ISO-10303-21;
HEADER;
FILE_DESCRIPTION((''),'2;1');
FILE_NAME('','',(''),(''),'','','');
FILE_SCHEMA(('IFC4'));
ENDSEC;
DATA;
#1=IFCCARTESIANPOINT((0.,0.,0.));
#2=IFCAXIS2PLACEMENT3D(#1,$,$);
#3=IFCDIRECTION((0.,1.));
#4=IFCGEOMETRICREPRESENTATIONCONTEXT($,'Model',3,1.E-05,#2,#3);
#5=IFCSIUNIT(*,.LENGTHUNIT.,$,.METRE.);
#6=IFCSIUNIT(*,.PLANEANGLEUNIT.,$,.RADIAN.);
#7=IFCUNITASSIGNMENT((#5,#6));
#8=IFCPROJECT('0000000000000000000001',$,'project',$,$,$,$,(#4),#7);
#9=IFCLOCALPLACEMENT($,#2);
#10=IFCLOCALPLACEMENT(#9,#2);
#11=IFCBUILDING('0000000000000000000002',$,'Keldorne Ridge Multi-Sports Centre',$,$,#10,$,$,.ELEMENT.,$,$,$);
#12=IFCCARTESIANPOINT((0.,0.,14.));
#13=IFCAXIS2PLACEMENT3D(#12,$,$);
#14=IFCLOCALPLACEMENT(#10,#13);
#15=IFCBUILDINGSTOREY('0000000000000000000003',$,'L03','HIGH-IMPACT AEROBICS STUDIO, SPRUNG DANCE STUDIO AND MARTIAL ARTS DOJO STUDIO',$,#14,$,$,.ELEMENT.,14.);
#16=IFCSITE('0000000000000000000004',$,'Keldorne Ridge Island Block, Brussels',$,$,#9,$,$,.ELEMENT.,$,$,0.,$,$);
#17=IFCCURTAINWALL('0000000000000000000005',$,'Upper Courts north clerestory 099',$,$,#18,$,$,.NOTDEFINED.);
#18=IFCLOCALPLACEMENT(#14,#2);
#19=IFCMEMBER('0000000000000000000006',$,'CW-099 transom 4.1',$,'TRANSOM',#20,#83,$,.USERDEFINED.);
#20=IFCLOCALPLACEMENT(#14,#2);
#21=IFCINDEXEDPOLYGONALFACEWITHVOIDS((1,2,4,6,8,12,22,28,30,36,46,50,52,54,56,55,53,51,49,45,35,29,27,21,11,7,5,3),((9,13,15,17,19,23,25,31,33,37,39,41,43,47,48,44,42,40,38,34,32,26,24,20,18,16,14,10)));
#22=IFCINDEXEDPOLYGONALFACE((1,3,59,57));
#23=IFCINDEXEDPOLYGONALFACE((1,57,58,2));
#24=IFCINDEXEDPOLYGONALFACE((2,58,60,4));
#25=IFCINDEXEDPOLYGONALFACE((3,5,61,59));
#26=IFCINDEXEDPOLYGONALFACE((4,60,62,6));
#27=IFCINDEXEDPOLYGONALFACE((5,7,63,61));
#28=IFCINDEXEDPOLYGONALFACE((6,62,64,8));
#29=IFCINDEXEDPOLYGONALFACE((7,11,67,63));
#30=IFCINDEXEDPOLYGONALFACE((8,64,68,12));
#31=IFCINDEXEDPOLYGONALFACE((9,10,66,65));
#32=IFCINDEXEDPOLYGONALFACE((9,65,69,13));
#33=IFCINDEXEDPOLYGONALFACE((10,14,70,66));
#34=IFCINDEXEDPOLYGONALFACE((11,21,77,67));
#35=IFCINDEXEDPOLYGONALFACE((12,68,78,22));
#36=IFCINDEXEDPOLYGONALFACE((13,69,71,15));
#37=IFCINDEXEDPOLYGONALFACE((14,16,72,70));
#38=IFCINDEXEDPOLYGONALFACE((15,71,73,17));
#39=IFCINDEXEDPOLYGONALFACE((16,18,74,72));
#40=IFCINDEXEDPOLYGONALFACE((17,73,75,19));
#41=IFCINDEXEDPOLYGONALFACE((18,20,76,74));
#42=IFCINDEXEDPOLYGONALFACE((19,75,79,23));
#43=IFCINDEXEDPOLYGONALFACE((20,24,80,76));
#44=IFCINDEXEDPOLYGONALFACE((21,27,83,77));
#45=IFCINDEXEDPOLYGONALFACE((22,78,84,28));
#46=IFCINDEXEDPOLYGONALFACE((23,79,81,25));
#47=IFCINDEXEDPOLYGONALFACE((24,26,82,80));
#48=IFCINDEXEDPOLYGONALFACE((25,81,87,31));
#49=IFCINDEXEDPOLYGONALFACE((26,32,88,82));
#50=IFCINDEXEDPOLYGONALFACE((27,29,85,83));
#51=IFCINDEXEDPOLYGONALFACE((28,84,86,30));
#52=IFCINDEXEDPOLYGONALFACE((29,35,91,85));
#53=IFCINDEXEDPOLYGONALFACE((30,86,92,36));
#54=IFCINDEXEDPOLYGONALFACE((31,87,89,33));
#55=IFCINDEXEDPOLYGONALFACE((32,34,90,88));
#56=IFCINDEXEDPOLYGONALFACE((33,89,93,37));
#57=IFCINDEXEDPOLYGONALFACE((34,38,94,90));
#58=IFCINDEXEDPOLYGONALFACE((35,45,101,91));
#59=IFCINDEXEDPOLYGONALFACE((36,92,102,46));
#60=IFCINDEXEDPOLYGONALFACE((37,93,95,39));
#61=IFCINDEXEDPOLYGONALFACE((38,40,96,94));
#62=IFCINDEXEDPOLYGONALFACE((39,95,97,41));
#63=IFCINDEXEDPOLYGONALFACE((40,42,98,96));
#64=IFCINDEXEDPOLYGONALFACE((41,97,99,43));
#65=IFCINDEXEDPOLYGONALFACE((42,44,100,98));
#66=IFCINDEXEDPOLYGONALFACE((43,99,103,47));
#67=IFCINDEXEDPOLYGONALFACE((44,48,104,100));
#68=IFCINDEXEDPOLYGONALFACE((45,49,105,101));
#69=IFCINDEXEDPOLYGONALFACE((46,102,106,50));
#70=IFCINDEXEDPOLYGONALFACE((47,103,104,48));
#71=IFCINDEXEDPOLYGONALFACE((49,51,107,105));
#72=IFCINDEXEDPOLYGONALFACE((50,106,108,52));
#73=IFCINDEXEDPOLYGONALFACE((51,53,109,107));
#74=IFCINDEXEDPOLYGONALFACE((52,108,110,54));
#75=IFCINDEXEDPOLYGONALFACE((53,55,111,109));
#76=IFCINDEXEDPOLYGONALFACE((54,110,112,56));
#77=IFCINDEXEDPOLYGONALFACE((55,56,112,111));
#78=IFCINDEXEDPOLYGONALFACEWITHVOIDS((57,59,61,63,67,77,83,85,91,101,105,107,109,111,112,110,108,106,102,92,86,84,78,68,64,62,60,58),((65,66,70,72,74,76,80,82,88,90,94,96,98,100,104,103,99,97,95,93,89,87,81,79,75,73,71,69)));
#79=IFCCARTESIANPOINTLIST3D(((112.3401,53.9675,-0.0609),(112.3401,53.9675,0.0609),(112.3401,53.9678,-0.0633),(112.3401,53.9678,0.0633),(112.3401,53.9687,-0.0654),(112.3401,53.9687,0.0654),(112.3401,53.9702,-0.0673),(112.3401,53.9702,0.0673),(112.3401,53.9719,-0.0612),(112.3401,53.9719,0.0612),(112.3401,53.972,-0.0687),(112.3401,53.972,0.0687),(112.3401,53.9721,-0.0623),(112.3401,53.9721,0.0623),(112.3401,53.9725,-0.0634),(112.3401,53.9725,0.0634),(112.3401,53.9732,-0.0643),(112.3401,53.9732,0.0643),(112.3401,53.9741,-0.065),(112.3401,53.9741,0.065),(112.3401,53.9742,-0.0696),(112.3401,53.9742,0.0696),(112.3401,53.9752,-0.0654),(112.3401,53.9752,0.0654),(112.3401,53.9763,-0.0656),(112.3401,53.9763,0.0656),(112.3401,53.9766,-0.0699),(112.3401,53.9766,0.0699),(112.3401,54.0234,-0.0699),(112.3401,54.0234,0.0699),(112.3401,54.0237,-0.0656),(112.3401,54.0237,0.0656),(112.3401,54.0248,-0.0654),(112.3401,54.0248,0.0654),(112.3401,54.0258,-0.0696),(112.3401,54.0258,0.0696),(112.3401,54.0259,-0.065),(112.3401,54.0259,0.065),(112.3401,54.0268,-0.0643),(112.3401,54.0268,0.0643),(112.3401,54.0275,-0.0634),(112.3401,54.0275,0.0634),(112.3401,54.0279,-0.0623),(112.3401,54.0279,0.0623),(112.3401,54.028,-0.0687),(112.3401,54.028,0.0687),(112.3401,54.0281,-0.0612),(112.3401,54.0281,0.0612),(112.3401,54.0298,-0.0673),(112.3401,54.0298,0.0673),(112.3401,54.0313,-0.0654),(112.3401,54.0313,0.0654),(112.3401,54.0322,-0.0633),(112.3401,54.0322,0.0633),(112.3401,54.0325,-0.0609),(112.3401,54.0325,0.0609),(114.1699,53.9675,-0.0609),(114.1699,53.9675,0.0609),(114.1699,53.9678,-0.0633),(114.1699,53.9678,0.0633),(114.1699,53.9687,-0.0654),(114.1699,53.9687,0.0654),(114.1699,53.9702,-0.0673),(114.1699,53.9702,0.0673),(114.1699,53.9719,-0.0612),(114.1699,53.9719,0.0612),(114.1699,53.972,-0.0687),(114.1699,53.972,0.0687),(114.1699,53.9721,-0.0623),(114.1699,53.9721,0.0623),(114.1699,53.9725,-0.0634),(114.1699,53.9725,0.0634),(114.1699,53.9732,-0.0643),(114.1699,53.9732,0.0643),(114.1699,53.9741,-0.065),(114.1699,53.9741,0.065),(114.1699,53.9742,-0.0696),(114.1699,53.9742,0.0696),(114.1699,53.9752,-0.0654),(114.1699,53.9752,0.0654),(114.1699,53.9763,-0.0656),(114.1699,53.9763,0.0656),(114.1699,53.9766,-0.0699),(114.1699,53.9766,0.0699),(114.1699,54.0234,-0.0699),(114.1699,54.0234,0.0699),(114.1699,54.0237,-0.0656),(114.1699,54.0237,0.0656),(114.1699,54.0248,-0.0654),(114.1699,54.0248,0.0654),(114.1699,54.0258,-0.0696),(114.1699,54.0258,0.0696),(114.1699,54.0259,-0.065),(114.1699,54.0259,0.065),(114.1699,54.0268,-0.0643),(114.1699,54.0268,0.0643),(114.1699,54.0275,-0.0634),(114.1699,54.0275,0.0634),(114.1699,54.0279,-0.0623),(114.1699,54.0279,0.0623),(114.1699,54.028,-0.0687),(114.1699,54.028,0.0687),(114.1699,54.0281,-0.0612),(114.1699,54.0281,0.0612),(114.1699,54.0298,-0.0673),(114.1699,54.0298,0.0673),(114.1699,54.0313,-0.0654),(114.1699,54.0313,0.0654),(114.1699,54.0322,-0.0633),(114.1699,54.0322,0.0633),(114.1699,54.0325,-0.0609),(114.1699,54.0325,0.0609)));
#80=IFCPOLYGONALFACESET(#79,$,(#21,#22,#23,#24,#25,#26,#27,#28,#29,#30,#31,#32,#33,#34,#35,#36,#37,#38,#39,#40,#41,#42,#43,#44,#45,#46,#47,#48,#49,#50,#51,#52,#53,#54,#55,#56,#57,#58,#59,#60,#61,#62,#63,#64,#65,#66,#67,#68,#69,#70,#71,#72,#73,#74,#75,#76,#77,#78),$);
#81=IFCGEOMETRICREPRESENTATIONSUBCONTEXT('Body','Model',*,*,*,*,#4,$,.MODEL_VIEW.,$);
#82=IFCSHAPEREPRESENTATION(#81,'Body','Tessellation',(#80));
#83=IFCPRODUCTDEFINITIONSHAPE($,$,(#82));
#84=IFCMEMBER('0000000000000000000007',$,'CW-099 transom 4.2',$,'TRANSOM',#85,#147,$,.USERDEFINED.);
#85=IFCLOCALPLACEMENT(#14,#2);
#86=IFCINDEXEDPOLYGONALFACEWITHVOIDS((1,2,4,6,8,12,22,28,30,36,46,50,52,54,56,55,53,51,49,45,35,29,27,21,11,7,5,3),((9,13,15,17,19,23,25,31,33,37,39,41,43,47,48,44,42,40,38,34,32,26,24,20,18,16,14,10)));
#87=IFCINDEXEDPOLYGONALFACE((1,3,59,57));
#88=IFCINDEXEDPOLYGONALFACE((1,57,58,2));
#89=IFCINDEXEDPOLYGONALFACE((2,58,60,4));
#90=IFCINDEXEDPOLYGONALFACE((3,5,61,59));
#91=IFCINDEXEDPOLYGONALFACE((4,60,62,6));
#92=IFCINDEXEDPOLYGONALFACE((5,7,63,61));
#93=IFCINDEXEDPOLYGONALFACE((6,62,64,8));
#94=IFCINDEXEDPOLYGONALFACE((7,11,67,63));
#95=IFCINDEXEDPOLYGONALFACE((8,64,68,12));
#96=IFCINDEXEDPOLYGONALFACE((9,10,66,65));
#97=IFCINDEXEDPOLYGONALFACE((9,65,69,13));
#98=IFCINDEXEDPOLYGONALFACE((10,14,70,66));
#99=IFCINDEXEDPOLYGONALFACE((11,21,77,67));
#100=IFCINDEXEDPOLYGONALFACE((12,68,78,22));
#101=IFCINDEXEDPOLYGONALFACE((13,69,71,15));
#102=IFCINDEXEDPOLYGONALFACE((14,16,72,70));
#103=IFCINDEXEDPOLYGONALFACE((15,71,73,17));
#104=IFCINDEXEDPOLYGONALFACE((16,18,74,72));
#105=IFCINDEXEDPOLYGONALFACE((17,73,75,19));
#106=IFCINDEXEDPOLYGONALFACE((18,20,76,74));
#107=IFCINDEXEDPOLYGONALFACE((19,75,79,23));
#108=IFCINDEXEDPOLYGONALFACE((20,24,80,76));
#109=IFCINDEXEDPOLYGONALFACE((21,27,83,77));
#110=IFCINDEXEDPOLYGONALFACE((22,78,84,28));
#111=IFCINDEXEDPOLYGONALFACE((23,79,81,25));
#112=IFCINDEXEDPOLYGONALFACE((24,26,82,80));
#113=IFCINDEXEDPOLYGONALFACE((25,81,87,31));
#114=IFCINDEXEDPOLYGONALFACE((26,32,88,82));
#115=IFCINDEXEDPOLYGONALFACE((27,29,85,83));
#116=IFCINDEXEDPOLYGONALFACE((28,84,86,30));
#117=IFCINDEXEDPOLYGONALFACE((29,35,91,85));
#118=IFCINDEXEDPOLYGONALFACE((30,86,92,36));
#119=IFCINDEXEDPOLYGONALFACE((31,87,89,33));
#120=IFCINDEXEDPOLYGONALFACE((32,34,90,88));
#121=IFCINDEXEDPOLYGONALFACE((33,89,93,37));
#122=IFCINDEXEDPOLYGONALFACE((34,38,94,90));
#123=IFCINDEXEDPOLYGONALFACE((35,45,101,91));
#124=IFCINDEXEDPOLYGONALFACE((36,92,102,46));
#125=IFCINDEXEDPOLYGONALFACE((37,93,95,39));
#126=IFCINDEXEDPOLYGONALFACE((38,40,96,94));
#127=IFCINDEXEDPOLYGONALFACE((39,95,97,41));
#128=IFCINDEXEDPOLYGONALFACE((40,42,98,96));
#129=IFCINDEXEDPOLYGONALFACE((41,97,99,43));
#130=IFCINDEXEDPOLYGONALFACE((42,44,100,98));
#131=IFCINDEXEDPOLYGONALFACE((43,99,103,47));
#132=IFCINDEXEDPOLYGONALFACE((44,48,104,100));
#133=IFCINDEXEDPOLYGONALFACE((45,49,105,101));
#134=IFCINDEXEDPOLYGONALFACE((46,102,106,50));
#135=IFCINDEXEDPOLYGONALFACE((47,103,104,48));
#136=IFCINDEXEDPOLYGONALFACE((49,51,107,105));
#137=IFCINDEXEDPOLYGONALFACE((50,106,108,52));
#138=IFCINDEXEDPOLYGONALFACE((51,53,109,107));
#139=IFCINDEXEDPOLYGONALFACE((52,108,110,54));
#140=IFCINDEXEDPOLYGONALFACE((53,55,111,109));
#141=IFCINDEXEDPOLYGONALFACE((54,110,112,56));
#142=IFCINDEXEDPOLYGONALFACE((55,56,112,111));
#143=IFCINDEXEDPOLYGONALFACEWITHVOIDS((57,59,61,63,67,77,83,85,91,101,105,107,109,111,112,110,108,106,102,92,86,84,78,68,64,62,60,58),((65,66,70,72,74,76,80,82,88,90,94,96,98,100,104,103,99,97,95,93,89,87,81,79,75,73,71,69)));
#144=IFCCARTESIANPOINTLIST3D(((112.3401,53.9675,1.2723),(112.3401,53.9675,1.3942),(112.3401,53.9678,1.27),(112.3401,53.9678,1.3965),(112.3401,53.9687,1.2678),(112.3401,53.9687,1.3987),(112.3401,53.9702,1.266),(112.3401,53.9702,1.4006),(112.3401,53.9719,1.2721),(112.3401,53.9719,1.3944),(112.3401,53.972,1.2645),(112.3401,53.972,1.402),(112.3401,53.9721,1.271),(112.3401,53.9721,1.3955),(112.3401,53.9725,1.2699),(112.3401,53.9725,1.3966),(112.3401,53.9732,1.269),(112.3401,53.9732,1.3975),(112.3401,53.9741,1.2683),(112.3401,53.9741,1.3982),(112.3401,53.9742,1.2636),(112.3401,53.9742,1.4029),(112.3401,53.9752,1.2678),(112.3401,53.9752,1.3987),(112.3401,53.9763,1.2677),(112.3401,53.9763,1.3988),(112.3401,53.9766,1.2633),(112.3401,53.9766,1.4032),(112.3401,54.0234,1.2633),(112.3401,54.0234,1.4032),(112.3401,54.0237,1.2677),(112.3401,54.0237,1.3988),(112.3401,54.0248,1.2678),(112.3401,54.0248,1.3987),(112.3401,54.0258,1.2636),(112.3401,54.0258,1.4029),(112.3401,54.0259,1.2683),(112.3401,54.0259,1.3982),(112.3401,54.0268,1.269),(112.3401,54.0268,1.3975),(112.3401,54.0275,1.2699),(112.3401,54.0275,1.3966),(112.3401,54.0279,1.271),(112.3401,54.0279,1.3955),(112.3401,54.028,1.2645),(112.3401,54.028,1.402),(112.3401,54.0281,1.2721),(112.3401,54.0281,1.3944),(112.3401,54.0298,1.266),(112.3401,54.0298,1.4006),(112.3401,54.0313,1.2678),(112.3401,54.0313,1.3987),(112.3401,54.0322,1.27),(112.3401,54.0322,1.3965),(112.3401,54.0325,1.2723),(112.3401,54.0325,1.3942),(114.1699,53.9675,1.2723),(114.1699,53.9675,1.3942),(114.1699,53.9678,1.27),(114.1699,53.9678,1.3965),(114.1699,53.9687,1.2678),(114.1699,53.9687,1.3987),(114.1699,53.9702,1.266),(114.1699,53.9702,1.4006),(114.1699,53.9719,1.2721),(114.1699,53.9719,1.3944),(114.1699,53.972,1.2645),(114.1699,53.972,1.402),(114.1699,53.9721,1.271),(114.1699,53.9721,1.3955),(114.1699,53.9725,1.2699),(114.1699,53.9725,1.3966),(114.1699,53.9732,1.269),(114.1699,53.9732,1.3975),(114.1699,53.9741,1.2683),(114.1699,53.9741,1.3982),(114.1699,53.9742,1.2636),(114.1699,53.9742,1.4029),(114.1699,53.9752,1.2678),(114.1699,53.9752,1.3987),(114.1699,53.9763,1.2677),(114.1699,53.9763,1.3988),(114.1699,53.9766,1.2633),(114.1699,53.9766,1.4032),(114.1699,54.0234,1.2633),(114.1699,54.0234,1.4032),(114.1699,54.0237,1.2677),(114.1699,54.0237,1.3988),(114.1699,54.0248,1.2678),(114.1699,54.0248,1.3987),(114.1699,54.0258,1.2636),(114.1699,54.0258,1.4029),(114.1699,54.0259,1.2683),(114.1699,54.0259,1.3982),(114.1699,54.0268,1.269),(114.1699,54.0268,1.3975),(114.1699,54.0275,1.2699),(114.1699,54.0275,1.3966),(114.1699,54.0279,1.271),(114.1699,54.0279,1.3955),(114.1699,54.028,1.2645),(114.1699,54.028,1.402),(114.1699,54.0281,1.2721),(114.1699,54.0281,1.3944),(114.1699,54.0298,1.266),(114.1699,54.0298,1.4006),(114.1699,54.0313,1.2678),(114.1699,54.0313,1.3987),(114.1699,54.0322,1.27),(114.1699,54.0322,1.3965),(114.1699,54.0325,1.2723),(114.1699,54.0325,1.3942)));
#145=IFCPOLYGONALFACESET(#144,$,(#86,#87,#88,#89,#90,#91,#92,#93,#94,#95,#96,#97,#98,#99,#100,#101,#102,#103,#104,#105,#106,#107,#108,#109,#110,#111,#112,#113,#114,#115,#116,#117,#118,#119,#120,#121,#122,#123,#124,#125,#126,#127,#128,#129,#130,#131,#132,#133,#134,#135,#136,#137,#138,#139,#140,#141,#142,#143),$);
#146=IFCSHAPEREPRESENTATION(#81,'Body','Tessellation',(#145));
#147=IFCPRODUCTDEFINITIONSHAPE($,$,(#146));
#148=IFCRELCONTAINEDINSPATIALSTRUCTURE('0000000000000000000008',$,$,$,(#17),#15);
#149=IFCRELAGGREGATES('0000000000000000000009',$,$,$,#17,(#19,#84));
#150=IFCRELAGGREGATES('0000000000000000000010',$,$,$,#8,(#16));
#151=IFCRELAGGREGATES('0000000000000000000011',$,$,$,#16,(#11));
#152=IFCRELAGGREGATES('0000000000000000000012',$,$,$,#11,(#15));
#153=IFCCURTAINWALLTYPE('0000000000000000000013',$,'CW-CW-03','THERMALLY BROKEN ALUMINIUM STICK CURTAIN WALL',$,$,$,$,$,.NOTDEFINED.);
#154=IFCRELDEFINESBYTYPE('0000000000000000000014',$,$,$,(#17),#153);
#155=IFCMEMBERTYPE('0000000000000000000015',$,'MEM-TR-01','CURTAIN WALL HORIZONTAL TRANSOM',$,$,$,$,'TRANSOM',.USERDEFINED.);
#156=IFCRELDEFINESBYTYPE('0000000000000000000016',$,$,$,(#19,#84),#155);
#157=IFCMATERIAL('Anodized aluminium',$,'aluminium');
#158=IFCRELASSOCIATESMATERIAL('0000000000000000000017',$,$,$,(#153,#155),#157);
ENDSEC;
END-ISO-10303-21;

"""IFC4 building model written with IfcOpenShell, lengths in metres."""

from ifc_helpers import new_model, si_unit, direction, frame, origin, origin_2d, place, context, subcontext, project, spatial, hollow_rectangle, extrude, material, material_profile, profile_set, type_object, element, aggregate, save


model = new_model("IFC4")

# Units and contexts
model_context = context("Model", 3, precision=1e-05, world=origin(), true_north=direction((0.0, 1.0)))
body_context = subcontext(model_context, "Body", "Model", "MODEL_VIEW")
ifc_project = project(units=[si_unit("LENGTHUNIT", "METRE"), si_unit("PLANEANGLEUNIT", "RADIAN")], contexts=[model_context])

# Site, building, storey
site_placement = place(None, origin())
site = spatial("IfcSite", under=ifc_project, at=site_placement, Name="Keldorne Ridge Island Block, Brussels", CompositionType="ELEMENT", RefElevation=0.0)
building_placement = place(site_placement, origin())
building = spatial("IfcBuilding", under=site, at=building_placement, Name="Keldorne Ridge Multi-Sports Centre", CompositionType="ELEMENT")
storey_placement = place(building_placement, frame((0.0, 0.0, 14.0)))
storey = spatial("IfcBuildingStorey", under=building, at=storey_placement, Name="L03", Description="HIGH-IMPACT AEROBICS STUDIO, SPRUNG DANCE STUDIO AND MARTIAL ARTS DOJO STUDIO", CompositionType="ELEMENT", Elevation=14.0)

# Shared definitions
ifc_material_1 = material(Name="Anodized aluminium", Category="aluminium")

# Curtain wall
curtain_wall_type_1 = type_object("IfcCurtainWallType", Name="CW-CW-03", Description="THERMALLY BROKEN ALUMINIUM STICK CURTAIN WALL", PredefinedType="NOTDEFINED", material=ifc_material_1)
curtain_wall_1_placement = place(storey_placement, origin())
curtain_wall_1 = element("IfcCurtainWall", 1, at=curtain_wall_1_placement, inside=storey, type_object=curtain_wall_type_1, Name="Upper Courts north clerestory 099", PredefinedType="NOTDEFINED")

# Members
ifc_material_profile_1 = material_profile(ifc_material_1, hollow_rectangle(XDim=0.0649, YDim=0.1399, WallThickness=0.0044, InnerFilletRadius=0.0044, OuterFilletRadius=0.009, at=origin_2d()), Name="ALU TRANSOM 140x65x4.5")
ifc_profile_set_1 = profile_set([ifc_material_profile_1], Name="Anodized aluminium")
member_type_1 = type_object("IfcMemberType", Name="MEM-TR-01", Description="CURTAIN WALL HORIZONTAL TRANSOM", ElementType="TRANSOM", PredefinedType="USERDEFINED", material=ifc_profile_set_1)
member_1_placement = place(storey_placement, frame((114.1699, 54.0, 0.0), z_axis=(-1.0, 0.0, 0.0), x_axis=(0.0, -1.0, 0.0)))
member_1 = element("IfcMember", 2, at=member_1_placement, type_object=member_type_1, Name="CW-099 transom 4.1", ObjectType="TRANSOM", PredefinedType="USERDEFINED", context=body_context, shape_type="SweptSolid", body=[
    extrude(hollow_rectangle(XDim=0.0649, YDim=0.1399, WallThickness=0.0044, InnerFilletRadius=0.0044, OuterFilletRadius=0.009, at=origin_2d()), origin(), (0.0, 0.0, 1.0), 1.8298),
])
member_2_placement = place(storey_placement, frame((114.1699, 54.0, 1.3333), z_axis=(-1.0, 0.0, 0.0), x_axis=(0.0, -1.0, 0.0)))
member_2 = element("IfcMember", 3, at=member_2_placement, type_object=member_type_1, Name="CW-099 transom 4.2", ObjectType="TRANSOM", PredefinedType="USERDEFINED", context=body_context, shape_type="SweptSolid", body=[
    extrude(hollow_rectangle(XDim=0.0649, YDim=0.1399, WallThickness=0.0044, InnerFilletRadius=0.0044, OuterFilletRadius=0.009, at=origin_2d()), origin(), (0.0, 0.0, 1.0), 1.8298),
])

aggregate(curtain_wall_1, [member_1, member_2])

save(model, "model.ifc")
